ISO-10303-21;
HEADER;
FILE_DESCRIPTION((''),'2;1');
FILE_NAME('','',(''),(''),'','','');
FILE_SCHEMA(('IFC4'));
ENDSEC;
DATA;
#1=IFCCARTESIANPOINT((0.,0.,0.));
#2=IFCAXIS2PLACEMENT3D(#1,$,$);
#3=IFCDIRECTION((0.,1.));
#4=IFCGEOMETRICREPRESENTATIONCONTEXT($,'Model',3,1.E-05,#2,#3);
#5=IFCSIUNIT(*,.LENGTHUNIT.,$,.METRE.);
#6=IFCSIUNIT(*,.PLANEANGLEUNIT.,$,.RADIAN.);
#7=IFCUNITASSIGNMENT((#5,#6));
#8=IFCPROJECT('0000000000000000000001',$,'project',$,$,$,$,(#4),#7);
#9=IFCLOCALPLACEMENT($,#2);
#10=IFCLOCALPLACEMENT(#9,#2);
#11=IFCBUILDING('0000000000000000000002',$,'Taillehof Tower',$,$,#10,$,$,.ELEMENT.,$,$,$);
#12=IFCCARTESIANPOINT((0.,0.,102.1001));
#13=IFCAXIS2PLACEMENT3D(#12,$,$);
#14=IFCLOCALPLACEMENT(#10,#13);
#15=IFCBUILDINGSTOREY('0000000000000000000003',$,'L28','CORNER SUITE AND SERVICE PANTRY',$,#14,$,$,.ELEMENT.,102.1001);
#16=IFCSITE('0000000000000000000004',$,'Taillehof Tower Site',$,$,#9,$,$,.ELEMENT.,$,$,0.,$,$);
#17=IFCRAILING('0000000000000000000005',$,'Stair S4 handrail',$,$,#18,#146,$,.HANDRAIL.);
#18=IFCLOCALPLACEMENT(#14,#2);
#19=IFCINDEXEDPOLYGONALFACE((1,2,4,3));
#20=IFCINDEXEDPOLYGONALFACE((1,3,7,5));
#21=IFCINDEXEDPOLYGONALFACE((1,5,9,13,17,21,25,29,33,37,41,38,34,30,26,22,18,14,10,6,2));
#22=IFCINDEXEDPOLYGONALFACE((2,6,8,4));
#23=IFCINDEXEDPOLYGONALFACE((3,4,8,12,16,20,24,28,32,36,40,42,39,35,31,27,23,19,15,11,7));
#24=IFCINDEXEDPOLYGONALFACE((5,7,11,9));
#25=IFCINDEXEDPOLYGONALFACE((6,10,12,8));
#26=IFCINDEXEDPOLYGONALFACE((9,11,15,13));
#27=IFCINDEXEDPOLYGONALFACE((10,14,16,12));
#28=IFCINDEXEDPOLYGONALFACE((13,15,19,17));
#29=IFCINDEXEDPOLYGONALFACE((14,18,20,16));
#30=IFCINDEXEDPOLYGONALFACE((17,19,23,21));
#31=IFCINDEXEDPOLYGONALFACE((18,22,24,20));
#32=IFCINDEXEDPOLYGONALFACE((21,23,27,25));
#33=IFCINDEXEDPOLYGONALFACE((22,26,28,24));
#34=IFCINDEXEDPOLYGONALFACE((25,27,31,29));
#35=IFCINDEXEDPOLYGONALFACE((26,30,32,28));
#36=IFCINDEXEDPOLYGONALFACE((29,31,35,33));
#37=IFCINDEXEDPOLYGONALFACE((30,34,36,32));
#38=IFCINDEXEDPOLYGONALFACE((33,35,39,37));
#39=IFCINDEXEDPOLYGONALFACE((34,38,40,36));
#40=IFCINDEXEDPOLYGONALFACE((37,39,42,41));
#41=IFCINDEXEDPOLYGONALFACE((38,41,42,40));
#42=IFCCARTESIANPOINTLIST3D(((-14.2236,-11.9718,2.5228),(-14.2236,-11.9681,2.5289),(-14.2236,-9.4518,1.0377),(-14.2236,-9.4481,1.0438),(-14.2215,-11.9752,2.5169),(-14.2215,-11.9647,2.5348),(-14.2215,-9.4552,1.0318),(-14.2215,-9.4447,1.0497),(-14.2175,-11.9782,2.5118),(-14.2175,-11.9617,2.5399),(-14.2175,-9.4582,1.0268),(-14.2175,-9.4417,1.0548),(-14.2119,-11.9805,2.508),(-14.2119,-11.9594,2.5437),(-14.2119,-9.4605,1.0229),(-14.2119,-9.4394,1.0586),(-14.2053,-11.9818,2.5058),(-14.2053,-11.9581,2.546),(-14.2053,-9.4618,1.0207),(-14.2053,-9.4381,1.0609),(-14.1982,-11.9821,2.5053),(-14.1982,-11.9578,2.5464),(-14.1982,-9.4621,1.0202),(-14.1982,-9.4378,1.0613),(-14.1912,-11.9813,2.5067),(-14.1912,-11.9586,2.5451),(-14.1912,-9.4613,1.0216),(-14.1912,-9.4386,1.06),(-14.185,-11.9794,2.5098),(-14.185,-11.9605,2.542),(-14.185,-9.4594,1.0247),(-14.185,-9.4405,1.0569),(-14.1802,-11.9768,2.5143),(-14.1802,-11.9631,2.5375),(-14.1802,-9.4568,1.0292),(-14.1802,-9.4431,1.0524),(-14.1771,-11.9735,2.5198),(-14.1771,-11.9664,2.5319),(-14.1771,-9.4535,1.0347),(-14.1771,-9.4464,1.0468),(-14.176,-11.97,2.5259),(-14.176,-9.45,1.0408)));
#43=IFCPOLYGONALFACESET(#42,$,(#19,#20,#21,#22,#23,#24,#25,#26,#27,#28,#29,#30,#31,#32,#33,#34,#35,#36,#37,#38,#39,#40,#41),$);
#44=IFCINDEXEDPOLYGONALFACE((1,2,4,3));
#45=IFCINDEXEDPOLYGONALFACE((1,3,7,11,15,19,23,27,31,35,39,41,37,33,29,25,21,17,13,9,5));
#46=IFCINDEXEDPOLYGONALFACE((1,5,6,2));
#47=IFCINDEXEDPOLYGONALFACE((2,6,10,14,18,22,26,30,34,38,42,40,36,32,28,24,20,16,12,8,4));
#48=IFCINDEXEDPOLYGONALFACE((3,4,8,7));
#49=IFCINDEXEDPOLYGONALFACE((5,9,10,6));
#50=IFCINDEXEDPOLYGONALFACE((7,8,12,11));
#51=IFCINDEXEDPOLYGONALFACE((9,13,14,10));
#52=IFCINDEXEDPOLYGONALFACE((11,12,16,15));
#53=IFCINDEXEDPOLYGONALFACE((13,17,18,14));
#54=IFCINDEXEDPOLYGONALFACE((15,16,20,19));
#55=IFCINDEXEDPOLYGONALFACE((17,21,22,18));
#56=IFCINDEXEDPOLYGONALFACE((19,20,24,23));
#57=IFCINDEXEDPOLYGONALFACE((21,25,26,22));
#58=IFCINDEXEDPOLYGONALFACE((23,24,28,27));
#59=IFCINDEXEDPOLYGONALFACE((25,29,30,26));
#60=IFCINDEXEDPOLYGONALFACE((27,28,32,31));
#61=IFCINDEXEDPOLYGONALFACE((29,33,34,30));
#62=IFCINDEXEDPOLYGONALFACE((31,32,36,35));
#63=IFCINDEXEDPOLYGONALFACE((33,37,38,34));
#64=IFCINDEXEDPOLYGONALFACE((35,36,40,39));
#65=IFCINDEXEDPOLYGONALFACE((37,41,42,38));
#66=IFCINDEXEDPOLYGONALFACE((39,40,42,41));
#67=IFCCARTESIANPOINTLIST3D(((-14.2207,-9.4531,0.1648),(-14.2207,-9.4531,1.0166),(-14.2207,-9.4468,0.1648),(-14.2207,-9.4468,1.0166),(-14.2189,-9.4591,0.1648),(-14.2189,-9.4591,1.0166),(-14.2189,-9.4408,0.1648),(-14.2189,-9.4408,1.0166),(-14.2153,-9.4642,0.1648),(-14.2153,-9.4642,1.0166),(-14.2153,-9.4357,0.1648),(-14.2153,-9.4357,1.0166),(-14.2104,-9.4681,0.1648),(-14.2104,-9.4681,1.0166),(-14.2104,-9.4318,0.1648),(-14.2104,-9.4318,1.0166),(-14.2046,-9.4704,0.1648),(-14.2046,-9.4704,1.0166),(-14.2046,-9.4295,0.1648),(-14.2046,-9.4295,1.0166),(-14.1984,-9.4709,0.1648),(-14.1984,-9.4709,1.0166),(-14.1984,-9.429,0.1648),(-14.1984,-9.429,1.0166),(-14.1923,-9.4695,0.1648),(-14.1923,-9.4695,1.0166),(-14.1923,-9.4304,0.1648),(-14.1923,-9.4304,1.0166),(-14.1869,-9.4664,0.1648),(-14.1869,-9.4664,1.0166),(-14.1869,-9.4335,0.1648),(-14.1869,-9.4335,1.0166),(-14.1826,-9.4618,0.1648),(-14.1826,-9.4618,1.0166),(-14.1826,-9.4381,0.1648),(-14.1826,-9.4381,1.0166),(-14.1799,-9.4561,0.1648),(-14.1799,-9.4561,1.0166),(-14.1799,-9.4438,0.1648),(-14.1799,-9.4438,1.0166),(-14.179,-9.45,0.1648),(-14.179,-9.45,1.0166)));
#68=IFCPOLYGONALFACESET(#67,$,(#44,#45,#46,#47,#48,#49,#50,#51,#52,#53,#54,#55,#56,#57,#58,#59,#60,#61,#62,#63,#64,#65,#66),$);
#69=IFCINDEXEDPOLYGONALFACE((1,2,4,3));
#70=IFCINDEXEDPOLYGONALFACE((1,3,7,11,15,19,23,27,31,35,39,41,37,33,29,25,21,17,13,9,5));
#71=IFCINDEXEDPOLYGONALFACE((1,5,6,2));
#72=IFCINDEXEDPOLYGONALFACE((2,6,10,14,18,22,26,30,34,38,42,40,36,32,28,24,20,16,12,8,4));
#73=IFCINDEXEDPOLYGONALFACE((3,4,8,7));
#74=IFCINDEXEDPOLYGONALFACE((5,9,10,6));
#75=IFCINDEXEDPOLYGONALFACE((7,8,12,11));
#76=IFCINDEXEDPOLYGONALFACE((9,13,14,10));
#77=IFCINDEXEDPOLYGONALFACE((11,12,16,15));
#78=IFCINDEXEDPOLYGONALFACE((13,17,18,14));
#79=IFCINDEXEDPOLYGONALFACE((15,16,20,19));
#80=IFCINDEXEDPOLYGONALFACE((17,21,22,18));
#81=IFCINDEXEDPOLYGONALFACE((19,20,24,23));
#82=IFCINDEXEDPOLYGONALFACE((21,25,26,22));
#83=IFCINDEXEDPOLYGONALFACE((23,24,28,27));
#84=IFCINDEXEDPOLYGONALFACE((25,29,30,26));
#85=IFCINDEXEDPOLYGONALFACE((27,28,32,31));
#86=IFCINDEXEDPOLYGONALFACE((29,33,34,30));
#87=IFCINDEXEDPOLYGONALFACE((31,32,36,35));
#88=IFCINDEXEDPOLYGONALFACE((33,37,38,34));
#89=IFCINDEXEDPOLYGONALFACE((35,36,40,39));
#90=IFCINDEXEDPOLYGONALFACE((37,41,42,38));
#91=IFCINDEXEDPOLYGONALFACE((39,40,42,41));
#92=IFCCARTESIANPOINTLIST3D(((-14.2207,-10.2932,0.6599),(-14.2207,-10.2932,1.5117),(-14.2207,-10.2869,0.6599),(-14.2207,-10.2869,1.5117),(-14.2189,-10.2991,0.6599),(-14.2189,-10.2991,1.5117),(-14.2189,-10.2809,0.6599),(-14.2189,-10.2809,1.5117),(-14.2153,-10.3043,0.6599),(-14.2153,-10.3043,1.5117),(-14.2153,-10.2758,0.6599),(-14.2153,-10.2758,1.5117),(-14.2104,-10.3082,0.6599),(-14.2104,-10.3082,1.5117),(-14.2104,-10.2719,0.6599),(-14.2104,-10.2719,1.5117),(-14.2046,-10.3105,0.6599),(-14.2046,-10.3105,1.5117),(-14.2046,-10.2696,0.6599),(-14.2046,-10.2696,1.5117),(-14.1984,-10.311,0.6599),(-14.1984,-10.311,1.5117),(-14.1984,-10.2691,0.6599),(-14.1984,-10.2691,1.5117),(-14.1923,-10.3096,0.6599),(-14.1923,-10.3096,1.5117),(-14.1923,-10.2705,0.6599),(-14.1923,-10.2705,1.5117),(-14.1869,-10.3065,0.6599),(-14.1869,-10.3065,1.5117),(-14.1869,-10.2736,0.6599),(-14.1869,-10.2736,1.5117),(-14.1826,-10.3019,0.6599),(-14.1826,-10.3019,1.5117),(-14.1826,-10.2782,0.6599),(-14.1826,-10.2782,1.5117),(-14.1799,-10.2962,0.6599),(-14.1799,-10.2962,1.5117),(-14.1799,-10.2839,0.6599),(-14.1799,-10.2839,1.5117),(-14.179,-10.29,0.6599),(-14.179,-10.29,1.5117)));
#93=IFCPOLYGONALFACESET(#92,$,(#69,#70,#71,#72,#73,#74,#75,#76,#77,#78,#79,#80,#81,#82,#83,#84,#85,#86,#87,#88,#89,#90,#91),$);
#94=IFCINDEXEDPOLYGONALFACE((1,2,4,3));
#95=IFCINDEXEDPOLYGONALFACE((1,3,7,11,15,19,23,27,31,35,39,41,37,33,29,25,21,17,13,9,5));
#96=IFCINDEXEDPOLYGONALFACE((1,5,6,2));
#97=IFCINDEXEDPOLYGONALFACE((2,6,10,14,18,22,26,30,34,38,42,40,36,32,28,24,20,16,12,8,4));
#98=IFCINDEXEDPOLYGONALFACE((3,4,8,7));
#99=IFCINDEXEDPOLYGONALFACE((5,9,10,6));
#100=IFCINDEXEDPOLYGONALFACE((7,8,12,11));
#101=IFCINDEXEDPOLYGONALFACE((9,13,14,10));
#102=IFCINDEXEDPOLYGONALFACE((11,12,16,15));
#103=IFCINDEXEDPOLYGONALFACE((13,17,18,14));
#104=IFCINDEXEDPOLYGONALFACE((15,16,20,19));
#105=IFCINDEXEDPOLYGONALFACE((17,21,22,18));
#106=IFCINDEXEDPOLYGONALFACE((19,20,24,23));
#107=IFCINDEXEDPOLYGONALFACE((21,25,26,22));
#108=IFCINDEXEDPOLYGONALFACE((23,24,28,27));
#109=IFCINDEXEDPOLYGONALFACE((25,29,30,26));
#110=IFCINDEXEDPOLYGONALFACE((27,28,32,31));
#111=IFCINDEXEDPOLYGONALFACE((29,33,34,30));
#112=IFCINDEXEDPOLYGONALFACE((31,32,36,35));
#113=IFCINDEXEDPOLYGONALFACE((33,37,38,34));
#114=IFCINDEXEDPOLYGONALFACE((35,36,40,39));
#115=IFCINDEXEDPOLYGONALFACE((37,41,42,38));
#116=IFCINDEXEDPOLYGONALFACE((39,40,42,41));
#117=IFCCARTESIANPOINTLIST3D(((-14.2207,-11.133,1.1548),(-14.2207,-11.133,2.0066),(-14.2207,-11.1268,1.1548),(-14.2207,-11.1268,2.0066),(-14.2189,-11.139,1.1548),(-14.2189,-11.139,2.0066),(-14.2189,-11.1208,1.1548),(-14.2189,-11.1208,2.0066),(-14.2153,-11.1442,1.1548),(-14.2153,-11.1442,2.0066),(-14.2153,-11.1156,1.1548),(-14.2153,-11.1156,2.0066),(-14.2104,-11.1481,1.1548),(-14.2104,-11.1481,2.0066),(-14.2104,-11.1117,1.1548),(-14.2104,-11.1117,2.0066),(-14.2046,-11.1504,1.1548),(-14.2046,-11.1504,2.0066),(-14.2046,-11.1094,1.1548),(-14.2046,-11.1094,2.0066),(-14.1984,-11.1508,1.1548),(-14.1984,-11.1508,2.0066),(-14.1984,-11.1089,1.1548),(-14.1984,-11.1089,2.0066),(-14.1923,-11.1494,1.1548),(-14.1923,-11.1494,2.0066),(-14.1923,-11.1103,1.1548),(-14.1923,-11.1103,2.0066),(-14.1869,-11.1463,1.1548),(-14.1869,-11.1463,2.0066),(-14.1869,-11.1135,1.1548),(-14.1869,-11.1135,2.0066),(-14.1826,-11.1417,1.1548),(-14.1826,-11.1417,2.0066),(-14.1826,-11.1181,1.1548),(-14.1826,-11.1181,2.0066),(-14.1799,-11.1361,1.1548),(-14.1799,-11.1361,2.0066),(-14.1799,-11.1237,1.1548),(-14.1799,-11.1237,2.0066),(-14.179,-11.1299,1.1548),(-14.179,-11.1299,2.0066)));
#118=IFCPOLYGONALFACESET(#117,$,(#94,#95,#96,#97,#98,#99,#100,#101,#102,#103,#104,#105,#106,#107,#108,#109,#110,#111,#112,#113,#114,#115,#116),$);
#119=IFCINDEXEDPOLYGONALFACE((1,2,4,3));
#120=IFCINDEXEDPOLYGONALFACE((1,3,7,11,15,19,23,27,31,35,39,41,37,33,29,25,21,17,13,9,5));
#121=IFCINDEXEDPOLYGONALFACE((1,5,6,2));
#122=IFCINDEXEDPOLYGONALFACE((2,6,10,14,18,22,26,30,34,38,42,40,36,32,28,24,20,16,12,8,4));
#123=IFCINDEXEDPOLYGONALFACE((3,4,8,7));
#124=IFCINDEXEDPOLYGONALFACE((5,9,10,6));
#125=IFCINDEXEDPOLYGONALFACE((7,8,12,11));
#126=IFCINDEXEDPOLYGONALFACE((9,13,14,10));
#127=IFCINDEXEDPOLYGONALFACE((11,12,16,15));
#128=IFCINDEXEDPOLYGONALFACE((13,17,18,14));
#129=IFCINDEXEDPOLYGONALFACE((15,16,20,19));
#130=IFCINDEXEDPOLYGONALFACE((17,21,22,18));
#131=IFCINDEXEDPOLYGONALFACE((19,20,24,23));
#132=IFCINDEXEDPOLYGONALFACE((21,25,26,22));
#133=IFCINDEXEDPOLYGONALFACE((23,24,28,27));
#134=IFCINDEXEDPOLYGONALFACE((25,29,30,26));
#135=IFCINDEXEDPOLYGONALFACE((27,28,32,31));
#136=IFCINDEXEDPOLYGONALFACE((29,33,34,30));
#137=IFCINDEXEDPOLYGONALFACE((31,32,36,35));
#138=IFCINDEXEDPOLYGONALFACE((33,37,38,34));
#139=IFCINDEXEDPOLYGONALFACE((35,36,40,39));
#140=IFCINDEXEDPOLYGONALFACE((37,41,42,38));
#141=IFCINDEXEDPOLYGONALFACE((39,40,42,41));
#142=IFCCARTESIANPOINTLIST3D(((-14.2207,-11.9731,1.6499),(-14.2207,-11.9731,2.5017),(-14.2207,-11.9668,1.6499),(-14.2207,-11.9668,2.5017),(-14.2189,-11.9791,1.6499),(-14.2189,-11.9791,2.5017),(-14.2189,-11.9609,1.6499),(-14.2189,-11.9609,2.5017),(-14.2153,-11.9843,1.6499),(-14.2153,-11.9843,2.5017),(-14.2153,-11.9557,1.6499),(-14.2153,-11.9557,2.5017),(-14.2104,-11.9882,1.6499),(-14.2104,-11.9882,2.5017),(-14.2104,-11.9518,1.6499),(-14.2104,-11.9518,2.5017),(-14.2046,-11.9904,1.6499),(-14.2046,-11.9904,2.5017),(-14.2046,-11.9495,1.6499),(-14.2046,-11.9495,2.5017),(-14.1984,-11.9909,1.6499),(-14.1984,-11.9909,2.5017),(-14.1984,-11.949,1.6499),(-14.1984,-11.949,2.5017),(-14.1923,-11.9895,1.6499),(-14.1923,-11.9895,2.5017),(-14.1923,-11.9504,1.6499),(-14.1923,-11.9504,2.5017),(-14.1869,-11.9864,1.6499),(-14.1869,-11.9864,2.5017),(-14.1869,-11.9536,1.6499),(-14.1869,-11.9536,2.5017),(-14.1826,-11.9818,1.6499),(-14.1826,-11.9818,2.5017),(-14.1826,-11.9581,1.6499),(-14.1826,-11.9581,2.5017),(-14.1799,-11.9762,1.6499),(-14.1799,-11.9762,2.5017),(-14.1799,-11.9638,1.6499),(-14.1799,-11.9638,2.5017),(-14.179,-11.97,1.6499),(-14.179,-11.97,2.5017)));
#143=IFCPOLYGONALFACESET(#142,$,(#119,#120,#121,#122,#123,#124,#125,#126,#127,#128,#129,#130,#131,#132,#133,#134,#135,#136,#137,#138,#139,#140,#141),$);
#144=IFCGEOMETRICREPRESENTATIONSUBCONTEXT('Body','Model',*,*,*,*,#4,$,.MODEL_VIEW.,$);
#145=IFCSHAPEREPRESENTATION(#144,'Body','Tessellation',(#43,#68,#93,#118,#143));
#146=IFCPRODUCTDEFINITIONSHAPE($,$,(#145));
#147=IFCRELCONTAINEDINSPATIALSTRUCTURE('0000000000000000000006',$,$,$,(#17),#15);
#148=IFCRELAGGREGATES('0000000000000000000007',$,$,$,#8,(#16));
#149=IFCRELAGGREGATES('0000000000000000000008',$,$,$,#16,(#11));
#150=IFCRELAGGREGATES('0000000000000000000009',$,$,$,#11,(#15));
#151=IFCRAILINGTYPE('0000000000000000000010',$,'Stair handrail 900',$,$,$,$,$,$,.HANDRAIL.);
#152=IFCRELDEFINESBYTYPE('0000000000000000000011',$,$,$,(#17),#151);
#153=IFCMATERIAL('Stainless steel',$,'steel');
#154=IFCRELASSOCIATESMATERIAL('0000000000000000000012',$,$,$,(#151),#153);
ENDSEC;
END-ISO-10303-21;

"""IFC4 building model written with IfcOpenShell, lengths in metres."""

from ifc_helpers import new_model, si_unit, direction, frame, origin, origin_2d, place, context, subcontext, project, spatial, circle, extrude, material, type_object, element, save


model = new_model("IFC4")

# Units and contexts
model_context = context("Model", 3, precision=1e-05, world=origin(), true_north=direction((0.0, 1.0)))
body_context = subcontext(model_context, "Body", "Model", "MODEL_VIEW")
ifc_project = project(units=[si_unit("LENGTHUNIT", "METRE"), si_unit("PLANEANGLEUNIT", "RADIAN")], contexts=[model_context])

# Site, building, storey
site_placement = place(None, origin())
site = spatial("IfcSite", under=ifc_project, at=site_placement, Name="Taillehof Tower Site", CompositionType="ELEMENT", RefElevation=0.0)
building_placement = place(site_placement, origin())
building = spatial("IfcBuilding", under=site, at=building_placement, Name="Taillehof Tower", CompositionType="ELEMENT")
storey_placement = place(building_placement, frame((0.0, 0.0, 102.1001)))
storey = spatial("IfcBuildingStorey", under=building, at=storey_placement, Name="L28", Description="CORNER SUITE AND SERVICE PANTRY", CompositionType="ELEMENT", Elevation=102.1001)

# Railing
ifc_material_1 = material(Name="Stainless steel", Category="steel")
railing_type = type_object("IfcRailingType", Name="Stair handrail 900", PredefinedType="HANDRAIL", material=ifc_material_1)
railing_placement = place(storey_placement, frame((-14.2, -9.45, 0.1648)))
element("IfcRailing", 1, at=railing_placement, inside=storey, type_object=railing_type, Name="Stair S4 handrail", PredefinedType="HANDRAIL", context=body_context, shape_type="SweptSolid", body=[
    extrude(circle(Radius=0.0239, at=origin_2d()), frame((0.0, 0.0, 0.876), z_axis=(0.0, -0.861524, 0.507717), x_axis=(1.0, 0.0, 0.0)), (0.0, 0.0, 1.0), 2.925),
    extrude(circle(Radius=0.021, at=origin_2d()), origin(), (0.0, 0.0, 1.0), 0.8518),
    extrude(circle(Radius=0.021, at=origin_2d()), frame((0.0, -0.8401, 0.4951)), (0.0, 0.0, 1.0), 0.8518),
    extrude(circle(Radius=0.021, at=origin_2d()), frame((0.0, -1.6799, 0.99)), (0.0, 0.0, 1.0), 0.8518),
    extrude(circle(Radius=0.021, at=origin_2d()), frame((0.0, -2.52, 1.4851)), (0.0, 0.0, 1.0), 0.8518),
])

save(model, "model.ifc")
